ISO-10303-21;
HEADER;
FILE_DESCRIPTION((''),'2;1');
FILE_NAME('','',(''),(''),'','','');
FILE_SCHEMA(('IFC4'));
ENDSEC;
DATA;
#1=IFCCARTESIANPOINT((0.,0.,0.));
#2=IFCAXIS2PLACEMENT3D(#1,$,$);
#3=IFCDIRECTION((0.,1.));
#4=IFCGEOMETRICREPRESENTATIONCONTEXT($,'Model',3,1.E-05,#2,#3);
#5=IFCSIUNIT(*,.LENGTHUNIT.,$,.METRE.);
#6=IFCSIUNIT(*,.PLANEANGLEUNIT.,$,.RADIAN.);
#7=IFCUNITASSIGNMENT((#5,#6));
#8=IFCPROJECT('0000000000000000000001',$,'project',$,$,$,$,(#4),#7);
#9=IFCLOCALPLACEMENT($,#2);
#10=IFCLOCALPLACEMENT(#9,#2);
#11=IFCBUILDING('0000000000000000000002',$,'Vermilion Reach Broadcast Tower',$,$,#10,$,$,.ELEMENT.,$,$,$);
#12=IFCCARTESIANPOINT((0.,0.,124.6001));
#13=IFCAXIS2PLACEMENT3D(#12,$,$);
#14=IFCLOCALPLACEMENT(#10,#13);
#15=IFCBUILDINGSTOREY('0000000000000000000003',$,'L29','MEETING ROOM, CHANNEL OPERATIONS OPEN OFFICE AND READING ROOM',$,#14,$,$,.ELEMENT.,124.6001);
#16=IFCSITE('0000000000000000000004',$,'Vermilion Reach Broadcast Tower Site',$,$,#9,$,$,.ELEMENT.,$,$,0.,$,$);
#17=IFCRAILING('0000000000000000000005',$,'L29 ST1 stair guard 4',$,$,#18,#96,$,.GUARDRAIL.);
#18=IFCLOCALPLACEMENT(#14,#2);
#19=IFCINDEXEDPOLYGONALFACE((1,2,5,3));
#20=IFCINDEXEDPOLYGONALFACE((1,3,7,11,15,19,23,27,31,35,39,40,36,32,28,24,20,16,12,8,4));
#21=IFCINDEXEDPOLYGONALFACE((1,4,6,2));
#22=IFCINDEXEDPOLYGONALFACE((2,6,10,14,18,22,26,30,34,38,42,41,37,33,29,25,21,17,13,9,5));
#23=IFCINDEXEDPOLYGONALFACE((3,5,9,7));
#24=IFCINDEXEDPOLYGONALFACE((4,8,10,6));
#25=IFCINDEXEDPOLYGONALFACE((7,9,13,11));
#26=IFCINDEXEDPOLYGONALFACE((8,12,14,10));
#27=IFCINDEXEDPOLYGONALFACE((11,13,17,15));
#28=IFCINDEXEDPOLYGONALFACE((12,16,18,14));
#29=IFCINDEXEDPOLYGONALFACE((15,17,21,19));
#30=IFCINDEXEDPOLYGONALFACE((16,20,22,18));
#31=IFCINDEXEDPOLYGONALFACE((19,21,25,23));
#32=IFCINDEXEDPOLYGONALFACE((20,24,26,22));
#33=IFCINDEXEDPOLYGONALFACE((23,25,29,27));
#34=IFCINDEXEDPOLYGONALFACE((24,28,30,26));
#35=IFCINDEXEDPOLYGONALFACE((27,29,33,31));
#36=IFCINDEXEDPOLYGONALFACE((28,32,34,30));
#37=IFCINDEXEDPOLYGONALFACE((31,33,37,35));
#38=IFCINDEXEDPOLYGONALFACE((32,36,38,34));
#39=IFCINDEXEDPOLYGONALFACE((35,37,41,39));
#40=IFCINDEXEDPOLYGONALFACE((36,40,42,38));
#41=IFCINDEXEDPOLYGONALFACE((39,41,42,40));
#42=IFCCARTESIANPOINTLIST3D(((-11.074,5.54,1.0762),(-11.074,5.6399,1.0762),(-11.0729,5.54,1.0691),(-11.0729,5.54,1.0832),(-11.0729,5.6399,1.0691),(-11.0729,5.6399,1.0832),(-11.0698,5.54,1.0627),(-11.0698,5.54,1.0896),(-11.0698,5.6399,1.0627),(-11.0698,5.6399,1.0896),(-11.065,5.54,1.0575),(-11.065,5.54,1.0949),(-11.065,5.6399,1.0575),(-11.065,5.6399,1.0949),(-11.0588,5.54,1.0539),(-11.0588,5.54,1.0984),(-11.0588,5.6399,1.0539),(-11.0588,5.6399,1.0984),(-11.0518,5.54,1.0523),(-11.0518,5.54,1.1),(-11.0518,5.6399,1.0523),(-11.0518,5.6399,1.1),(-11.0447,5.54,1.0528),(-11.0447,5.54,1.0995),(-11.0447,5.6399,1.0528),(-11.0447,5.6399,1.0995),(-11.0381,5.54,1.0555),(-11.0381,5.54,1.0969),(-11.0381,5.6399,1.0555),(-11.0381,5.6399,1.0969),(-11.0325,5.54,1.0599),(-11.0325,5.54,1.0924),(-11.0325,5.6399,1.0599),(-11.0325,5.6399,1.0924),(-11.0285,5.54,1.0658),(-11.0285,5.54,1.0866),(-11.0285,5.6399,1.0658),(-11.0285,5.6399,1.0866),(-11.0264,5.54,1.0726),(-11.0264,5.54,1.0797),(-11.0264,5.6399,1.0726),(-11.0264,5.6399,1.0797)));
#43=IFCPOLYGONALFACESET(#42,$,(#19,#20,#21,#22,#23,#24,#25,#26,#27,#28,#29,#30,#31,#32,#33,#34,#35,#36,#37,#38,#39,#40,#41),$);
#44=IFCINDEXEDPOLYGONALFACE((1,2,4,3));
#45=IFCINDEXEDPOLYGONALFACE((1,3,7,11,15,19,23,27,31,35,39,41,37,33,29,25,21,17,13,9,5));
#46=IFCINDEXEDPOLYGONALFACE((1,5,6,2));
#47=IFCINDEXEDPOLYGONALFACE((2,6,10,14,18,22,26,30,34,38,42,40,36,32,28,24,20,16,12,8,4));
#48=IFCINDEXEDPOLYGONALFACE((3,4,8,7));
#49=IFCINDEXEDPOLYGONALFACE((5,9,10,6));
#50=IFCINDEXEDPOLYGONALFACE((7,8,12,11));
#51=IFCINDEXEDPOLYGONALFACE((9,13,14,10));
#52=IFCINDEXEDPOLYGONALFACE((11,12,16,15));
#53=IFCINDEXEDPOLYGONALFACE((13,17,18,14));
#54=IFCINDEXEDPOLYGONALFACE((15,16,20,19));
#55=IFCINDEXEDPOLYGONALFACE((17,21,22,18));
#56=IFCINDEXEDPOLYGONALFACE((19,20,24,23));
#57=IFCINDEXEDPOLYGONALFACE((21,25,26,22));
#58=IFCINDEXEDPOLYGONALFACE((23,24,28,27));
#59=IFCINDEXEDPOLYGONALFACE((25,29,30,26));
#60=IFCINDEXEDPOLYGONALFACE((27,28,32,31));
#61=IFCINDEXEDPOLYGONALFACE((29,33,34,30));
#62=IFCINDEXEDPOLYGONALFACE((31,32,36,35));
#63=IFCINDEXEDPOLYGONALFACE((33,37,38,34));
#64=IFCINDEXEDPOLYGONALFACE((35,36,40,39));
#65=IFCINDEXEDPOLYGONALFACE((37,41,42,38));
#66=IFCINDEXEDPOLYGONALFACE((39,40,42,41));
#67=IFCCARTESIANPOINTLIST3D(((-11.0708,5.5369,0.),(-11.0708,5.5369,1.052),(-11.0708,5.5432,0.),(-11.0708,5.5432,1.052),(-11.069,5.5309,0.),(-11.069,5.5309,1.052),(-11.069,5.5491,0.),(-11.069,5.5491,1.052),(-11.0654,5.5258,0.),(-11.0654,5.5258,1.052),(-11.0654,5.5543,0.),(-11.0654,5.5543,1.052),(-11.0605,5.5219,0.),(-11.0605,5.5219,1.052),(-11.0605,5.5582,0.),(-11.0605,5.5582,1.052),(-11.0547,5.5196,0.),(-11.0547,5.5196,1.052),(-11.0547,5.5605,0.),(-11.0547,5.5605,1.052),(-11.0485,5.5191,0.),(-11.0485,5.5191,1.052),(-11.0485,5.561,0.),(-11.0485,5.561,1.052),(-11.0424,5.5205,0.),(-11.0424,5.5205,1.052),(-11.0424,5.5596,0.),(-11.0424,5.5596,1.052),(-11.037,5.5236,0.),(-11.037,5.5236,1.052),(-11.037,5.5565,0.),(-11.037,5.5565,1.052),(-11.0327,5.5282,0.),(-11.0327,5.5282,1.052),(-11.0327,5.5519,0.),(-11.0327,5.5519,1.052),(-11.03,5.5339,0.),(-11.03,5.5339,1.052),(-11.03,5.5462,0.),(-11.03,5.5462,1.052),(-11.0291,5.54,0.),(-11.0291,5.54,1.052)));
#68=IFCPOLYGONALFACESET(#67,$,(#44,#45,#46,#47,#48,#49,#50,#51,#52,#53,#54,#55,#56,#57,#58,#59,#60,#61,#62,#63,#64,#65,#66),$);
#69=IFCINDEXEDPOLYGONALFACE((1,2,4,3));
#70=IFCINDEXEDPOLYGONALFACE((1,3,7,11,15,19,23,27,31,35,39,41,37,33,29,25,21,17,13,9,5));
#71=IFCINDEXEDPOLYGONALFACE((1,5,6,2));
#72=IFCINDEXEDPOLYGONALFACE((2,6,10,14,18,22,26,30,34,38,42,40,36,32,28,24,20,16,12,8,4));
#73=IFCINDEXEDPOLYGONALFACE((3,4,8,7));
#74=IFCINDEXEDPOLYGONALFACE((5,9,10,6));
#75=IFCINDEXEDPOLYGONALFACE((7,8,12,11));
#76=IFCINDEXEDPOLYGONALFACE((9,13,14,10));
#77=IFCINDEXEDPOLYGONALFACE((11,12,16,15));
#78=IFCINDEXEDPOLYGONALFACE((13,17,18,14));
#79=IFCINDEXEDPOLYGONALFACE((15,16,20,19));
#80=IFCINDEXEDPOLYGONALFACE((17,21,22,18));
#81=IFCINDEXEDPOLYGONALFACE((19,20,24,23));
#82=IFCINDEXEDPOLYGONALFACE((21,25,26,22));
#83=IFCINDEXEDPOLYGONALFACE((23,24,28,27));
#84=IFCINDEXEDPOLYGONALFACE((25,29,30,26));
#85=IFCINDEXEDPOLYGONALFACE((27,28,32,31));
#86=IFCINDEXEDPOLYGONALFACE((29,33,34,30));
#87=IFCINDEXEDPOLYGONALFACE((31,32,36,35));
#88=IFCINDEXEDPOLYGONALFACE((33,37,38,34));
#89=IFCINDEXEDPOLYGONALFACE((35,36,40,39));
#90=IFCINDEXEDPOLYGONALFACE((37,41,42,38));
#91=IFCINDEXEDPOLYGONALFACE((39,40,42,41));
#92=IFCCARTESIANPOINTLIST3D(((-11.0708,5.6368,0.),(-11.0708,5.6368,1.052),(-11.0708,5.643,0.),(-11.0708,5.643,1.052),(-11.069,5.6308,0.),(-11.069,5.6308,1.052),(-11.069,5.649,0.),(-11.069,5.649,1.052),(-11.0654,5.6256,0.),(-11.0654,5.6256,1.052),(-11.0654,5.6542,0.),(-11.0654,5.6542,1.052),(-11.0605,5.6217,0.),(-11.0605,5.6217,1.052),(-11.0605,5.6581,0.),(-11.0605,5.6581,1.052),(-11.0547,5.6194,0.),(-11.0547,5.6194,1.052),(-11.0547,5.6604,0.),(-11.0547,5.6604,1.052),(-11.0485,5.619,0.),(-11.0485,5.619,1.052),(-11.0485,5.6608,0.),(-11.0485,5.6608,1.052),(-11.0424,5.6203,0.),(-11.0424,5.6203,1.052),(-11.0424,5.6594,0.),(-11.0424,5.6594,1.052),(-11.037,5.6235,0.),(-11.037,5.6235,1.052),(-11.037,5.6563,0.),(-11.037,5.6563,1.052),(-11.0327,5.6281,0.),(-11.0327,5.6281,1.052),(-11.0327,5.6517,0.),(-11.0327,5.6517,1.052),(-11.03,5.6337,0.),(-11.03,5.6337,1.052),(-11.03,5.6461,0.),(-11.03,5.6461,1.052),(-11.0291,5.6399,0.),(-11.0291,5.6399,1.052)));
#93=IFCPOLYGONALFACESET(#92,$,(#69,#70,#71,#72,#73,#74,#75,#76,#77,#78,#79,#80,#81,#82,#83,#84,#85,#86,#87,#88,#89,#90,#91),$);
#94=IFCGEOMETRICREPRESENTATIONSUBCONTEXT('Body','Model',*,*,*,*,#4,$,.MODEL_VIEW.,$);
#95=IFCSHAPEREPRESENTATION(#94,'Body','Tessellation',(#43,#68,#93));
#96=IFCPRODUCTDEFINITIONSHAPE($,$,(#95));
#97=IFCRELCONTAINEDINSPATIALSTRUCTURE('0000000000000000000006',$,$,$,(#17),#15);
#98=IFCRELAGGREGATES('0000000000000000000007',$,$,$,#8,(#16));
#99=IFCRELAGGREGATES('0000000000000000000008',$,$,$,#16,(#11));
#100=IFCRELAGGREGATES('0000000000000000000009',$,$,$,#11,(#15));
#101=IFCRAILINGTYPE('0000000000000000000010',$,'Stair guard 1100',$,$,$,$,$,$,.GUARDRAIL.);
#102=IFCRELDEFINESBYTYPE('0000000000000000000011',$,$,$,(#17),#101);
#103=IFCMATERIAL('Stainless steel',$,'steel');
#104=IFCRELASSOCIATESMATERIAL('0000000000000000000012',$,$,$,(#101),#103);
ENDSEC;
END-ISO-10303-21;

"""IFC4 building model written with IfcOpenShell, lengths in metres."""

from ifc_helpers import new_model, si_unit, direction, frame, origin, origin_2d, place, context, subcontext, project, spatial, circle, extrude, material, type_object, element, save


model = new_model("IFC4")

# Units and contexts
model_context = context("Model", 3, precision=1e-05, world=origin(), true_north=direction((0.0, 1.0)))
body_context = subcontext(model_context, "Body", "Model", "MODEL_VIEW")
ifc_project = project(units=[si_unit("LENGTHUNIT", "METRE"), si_unit("PLANEANGLEUNIT", "RADIAN")], contexts=[model_context])

# Site, building, storey
site_placement = place(None, origin())
site = spatial("IfcSite", under=ifc_project, at=site_placement, Name="Vermilion Reach Broadcast Tower Site", CompositionType="ELEMENT", RefElevation=0.0)
building_placement = place(site_placement, origin())
building = spatial("IfcBuilding", under=site, at=building_placement, Name="Vermilion Reach Broadcast Tower", CompositionType="ELEMENT")
storey_placement = place(building_placement, frame((0.0, 0.0, 124.6001)))
storey = spatial("IfcBuildingStorey", under=building, at=storey_placement, Name="L29", Description="MEETING ROOM, CHANNEL OPERATIONS OPEN OFFICE AND READING ROOM", CompositionType="ELEMENT", Elevation=124.6001)

# Railing
ifc_material_1 = material(Name="Stainless steel", Category="steel")
railing_type_1 = type_object("IfcRailingType", Name="Stair guard 1100", PredefinedType="GUARDRAIL", material=ifc_material_1)
railing_1_placement = place(storey_placement, frame((-11.05, 5.54, 0.0)))
element("IfcRailing", 1, at=railing_1_placement, inside=storey, type_object=railing_type_1, Name="L29 ST1 stair guard 4", PredefinedType="GUARDRAIL", context=body_context, shape_type="SweptSolid", body=[
    extrude(circle(Radius=0.0239, at=origin_2d()), frame((0.0, 0.0, 1.0762), z_axis=(0.0, 1.0, 0.0), x_axis=(-1.0, 0.0, 0.0)), (0.0, 0.0, 1.0), 0.0999),
    extrude(circle(Radius=0.021, at=origin_2d()), origin(), (0.0, 0.0, 1.0), 1.052),
    extrude(circle(Radius=0.021, at=origin_2d()), frame((0.0, 0.0999, 0.0)), (0.0, 0.0, 1.0), 1.052),
])

save(model, "model.ifc")
